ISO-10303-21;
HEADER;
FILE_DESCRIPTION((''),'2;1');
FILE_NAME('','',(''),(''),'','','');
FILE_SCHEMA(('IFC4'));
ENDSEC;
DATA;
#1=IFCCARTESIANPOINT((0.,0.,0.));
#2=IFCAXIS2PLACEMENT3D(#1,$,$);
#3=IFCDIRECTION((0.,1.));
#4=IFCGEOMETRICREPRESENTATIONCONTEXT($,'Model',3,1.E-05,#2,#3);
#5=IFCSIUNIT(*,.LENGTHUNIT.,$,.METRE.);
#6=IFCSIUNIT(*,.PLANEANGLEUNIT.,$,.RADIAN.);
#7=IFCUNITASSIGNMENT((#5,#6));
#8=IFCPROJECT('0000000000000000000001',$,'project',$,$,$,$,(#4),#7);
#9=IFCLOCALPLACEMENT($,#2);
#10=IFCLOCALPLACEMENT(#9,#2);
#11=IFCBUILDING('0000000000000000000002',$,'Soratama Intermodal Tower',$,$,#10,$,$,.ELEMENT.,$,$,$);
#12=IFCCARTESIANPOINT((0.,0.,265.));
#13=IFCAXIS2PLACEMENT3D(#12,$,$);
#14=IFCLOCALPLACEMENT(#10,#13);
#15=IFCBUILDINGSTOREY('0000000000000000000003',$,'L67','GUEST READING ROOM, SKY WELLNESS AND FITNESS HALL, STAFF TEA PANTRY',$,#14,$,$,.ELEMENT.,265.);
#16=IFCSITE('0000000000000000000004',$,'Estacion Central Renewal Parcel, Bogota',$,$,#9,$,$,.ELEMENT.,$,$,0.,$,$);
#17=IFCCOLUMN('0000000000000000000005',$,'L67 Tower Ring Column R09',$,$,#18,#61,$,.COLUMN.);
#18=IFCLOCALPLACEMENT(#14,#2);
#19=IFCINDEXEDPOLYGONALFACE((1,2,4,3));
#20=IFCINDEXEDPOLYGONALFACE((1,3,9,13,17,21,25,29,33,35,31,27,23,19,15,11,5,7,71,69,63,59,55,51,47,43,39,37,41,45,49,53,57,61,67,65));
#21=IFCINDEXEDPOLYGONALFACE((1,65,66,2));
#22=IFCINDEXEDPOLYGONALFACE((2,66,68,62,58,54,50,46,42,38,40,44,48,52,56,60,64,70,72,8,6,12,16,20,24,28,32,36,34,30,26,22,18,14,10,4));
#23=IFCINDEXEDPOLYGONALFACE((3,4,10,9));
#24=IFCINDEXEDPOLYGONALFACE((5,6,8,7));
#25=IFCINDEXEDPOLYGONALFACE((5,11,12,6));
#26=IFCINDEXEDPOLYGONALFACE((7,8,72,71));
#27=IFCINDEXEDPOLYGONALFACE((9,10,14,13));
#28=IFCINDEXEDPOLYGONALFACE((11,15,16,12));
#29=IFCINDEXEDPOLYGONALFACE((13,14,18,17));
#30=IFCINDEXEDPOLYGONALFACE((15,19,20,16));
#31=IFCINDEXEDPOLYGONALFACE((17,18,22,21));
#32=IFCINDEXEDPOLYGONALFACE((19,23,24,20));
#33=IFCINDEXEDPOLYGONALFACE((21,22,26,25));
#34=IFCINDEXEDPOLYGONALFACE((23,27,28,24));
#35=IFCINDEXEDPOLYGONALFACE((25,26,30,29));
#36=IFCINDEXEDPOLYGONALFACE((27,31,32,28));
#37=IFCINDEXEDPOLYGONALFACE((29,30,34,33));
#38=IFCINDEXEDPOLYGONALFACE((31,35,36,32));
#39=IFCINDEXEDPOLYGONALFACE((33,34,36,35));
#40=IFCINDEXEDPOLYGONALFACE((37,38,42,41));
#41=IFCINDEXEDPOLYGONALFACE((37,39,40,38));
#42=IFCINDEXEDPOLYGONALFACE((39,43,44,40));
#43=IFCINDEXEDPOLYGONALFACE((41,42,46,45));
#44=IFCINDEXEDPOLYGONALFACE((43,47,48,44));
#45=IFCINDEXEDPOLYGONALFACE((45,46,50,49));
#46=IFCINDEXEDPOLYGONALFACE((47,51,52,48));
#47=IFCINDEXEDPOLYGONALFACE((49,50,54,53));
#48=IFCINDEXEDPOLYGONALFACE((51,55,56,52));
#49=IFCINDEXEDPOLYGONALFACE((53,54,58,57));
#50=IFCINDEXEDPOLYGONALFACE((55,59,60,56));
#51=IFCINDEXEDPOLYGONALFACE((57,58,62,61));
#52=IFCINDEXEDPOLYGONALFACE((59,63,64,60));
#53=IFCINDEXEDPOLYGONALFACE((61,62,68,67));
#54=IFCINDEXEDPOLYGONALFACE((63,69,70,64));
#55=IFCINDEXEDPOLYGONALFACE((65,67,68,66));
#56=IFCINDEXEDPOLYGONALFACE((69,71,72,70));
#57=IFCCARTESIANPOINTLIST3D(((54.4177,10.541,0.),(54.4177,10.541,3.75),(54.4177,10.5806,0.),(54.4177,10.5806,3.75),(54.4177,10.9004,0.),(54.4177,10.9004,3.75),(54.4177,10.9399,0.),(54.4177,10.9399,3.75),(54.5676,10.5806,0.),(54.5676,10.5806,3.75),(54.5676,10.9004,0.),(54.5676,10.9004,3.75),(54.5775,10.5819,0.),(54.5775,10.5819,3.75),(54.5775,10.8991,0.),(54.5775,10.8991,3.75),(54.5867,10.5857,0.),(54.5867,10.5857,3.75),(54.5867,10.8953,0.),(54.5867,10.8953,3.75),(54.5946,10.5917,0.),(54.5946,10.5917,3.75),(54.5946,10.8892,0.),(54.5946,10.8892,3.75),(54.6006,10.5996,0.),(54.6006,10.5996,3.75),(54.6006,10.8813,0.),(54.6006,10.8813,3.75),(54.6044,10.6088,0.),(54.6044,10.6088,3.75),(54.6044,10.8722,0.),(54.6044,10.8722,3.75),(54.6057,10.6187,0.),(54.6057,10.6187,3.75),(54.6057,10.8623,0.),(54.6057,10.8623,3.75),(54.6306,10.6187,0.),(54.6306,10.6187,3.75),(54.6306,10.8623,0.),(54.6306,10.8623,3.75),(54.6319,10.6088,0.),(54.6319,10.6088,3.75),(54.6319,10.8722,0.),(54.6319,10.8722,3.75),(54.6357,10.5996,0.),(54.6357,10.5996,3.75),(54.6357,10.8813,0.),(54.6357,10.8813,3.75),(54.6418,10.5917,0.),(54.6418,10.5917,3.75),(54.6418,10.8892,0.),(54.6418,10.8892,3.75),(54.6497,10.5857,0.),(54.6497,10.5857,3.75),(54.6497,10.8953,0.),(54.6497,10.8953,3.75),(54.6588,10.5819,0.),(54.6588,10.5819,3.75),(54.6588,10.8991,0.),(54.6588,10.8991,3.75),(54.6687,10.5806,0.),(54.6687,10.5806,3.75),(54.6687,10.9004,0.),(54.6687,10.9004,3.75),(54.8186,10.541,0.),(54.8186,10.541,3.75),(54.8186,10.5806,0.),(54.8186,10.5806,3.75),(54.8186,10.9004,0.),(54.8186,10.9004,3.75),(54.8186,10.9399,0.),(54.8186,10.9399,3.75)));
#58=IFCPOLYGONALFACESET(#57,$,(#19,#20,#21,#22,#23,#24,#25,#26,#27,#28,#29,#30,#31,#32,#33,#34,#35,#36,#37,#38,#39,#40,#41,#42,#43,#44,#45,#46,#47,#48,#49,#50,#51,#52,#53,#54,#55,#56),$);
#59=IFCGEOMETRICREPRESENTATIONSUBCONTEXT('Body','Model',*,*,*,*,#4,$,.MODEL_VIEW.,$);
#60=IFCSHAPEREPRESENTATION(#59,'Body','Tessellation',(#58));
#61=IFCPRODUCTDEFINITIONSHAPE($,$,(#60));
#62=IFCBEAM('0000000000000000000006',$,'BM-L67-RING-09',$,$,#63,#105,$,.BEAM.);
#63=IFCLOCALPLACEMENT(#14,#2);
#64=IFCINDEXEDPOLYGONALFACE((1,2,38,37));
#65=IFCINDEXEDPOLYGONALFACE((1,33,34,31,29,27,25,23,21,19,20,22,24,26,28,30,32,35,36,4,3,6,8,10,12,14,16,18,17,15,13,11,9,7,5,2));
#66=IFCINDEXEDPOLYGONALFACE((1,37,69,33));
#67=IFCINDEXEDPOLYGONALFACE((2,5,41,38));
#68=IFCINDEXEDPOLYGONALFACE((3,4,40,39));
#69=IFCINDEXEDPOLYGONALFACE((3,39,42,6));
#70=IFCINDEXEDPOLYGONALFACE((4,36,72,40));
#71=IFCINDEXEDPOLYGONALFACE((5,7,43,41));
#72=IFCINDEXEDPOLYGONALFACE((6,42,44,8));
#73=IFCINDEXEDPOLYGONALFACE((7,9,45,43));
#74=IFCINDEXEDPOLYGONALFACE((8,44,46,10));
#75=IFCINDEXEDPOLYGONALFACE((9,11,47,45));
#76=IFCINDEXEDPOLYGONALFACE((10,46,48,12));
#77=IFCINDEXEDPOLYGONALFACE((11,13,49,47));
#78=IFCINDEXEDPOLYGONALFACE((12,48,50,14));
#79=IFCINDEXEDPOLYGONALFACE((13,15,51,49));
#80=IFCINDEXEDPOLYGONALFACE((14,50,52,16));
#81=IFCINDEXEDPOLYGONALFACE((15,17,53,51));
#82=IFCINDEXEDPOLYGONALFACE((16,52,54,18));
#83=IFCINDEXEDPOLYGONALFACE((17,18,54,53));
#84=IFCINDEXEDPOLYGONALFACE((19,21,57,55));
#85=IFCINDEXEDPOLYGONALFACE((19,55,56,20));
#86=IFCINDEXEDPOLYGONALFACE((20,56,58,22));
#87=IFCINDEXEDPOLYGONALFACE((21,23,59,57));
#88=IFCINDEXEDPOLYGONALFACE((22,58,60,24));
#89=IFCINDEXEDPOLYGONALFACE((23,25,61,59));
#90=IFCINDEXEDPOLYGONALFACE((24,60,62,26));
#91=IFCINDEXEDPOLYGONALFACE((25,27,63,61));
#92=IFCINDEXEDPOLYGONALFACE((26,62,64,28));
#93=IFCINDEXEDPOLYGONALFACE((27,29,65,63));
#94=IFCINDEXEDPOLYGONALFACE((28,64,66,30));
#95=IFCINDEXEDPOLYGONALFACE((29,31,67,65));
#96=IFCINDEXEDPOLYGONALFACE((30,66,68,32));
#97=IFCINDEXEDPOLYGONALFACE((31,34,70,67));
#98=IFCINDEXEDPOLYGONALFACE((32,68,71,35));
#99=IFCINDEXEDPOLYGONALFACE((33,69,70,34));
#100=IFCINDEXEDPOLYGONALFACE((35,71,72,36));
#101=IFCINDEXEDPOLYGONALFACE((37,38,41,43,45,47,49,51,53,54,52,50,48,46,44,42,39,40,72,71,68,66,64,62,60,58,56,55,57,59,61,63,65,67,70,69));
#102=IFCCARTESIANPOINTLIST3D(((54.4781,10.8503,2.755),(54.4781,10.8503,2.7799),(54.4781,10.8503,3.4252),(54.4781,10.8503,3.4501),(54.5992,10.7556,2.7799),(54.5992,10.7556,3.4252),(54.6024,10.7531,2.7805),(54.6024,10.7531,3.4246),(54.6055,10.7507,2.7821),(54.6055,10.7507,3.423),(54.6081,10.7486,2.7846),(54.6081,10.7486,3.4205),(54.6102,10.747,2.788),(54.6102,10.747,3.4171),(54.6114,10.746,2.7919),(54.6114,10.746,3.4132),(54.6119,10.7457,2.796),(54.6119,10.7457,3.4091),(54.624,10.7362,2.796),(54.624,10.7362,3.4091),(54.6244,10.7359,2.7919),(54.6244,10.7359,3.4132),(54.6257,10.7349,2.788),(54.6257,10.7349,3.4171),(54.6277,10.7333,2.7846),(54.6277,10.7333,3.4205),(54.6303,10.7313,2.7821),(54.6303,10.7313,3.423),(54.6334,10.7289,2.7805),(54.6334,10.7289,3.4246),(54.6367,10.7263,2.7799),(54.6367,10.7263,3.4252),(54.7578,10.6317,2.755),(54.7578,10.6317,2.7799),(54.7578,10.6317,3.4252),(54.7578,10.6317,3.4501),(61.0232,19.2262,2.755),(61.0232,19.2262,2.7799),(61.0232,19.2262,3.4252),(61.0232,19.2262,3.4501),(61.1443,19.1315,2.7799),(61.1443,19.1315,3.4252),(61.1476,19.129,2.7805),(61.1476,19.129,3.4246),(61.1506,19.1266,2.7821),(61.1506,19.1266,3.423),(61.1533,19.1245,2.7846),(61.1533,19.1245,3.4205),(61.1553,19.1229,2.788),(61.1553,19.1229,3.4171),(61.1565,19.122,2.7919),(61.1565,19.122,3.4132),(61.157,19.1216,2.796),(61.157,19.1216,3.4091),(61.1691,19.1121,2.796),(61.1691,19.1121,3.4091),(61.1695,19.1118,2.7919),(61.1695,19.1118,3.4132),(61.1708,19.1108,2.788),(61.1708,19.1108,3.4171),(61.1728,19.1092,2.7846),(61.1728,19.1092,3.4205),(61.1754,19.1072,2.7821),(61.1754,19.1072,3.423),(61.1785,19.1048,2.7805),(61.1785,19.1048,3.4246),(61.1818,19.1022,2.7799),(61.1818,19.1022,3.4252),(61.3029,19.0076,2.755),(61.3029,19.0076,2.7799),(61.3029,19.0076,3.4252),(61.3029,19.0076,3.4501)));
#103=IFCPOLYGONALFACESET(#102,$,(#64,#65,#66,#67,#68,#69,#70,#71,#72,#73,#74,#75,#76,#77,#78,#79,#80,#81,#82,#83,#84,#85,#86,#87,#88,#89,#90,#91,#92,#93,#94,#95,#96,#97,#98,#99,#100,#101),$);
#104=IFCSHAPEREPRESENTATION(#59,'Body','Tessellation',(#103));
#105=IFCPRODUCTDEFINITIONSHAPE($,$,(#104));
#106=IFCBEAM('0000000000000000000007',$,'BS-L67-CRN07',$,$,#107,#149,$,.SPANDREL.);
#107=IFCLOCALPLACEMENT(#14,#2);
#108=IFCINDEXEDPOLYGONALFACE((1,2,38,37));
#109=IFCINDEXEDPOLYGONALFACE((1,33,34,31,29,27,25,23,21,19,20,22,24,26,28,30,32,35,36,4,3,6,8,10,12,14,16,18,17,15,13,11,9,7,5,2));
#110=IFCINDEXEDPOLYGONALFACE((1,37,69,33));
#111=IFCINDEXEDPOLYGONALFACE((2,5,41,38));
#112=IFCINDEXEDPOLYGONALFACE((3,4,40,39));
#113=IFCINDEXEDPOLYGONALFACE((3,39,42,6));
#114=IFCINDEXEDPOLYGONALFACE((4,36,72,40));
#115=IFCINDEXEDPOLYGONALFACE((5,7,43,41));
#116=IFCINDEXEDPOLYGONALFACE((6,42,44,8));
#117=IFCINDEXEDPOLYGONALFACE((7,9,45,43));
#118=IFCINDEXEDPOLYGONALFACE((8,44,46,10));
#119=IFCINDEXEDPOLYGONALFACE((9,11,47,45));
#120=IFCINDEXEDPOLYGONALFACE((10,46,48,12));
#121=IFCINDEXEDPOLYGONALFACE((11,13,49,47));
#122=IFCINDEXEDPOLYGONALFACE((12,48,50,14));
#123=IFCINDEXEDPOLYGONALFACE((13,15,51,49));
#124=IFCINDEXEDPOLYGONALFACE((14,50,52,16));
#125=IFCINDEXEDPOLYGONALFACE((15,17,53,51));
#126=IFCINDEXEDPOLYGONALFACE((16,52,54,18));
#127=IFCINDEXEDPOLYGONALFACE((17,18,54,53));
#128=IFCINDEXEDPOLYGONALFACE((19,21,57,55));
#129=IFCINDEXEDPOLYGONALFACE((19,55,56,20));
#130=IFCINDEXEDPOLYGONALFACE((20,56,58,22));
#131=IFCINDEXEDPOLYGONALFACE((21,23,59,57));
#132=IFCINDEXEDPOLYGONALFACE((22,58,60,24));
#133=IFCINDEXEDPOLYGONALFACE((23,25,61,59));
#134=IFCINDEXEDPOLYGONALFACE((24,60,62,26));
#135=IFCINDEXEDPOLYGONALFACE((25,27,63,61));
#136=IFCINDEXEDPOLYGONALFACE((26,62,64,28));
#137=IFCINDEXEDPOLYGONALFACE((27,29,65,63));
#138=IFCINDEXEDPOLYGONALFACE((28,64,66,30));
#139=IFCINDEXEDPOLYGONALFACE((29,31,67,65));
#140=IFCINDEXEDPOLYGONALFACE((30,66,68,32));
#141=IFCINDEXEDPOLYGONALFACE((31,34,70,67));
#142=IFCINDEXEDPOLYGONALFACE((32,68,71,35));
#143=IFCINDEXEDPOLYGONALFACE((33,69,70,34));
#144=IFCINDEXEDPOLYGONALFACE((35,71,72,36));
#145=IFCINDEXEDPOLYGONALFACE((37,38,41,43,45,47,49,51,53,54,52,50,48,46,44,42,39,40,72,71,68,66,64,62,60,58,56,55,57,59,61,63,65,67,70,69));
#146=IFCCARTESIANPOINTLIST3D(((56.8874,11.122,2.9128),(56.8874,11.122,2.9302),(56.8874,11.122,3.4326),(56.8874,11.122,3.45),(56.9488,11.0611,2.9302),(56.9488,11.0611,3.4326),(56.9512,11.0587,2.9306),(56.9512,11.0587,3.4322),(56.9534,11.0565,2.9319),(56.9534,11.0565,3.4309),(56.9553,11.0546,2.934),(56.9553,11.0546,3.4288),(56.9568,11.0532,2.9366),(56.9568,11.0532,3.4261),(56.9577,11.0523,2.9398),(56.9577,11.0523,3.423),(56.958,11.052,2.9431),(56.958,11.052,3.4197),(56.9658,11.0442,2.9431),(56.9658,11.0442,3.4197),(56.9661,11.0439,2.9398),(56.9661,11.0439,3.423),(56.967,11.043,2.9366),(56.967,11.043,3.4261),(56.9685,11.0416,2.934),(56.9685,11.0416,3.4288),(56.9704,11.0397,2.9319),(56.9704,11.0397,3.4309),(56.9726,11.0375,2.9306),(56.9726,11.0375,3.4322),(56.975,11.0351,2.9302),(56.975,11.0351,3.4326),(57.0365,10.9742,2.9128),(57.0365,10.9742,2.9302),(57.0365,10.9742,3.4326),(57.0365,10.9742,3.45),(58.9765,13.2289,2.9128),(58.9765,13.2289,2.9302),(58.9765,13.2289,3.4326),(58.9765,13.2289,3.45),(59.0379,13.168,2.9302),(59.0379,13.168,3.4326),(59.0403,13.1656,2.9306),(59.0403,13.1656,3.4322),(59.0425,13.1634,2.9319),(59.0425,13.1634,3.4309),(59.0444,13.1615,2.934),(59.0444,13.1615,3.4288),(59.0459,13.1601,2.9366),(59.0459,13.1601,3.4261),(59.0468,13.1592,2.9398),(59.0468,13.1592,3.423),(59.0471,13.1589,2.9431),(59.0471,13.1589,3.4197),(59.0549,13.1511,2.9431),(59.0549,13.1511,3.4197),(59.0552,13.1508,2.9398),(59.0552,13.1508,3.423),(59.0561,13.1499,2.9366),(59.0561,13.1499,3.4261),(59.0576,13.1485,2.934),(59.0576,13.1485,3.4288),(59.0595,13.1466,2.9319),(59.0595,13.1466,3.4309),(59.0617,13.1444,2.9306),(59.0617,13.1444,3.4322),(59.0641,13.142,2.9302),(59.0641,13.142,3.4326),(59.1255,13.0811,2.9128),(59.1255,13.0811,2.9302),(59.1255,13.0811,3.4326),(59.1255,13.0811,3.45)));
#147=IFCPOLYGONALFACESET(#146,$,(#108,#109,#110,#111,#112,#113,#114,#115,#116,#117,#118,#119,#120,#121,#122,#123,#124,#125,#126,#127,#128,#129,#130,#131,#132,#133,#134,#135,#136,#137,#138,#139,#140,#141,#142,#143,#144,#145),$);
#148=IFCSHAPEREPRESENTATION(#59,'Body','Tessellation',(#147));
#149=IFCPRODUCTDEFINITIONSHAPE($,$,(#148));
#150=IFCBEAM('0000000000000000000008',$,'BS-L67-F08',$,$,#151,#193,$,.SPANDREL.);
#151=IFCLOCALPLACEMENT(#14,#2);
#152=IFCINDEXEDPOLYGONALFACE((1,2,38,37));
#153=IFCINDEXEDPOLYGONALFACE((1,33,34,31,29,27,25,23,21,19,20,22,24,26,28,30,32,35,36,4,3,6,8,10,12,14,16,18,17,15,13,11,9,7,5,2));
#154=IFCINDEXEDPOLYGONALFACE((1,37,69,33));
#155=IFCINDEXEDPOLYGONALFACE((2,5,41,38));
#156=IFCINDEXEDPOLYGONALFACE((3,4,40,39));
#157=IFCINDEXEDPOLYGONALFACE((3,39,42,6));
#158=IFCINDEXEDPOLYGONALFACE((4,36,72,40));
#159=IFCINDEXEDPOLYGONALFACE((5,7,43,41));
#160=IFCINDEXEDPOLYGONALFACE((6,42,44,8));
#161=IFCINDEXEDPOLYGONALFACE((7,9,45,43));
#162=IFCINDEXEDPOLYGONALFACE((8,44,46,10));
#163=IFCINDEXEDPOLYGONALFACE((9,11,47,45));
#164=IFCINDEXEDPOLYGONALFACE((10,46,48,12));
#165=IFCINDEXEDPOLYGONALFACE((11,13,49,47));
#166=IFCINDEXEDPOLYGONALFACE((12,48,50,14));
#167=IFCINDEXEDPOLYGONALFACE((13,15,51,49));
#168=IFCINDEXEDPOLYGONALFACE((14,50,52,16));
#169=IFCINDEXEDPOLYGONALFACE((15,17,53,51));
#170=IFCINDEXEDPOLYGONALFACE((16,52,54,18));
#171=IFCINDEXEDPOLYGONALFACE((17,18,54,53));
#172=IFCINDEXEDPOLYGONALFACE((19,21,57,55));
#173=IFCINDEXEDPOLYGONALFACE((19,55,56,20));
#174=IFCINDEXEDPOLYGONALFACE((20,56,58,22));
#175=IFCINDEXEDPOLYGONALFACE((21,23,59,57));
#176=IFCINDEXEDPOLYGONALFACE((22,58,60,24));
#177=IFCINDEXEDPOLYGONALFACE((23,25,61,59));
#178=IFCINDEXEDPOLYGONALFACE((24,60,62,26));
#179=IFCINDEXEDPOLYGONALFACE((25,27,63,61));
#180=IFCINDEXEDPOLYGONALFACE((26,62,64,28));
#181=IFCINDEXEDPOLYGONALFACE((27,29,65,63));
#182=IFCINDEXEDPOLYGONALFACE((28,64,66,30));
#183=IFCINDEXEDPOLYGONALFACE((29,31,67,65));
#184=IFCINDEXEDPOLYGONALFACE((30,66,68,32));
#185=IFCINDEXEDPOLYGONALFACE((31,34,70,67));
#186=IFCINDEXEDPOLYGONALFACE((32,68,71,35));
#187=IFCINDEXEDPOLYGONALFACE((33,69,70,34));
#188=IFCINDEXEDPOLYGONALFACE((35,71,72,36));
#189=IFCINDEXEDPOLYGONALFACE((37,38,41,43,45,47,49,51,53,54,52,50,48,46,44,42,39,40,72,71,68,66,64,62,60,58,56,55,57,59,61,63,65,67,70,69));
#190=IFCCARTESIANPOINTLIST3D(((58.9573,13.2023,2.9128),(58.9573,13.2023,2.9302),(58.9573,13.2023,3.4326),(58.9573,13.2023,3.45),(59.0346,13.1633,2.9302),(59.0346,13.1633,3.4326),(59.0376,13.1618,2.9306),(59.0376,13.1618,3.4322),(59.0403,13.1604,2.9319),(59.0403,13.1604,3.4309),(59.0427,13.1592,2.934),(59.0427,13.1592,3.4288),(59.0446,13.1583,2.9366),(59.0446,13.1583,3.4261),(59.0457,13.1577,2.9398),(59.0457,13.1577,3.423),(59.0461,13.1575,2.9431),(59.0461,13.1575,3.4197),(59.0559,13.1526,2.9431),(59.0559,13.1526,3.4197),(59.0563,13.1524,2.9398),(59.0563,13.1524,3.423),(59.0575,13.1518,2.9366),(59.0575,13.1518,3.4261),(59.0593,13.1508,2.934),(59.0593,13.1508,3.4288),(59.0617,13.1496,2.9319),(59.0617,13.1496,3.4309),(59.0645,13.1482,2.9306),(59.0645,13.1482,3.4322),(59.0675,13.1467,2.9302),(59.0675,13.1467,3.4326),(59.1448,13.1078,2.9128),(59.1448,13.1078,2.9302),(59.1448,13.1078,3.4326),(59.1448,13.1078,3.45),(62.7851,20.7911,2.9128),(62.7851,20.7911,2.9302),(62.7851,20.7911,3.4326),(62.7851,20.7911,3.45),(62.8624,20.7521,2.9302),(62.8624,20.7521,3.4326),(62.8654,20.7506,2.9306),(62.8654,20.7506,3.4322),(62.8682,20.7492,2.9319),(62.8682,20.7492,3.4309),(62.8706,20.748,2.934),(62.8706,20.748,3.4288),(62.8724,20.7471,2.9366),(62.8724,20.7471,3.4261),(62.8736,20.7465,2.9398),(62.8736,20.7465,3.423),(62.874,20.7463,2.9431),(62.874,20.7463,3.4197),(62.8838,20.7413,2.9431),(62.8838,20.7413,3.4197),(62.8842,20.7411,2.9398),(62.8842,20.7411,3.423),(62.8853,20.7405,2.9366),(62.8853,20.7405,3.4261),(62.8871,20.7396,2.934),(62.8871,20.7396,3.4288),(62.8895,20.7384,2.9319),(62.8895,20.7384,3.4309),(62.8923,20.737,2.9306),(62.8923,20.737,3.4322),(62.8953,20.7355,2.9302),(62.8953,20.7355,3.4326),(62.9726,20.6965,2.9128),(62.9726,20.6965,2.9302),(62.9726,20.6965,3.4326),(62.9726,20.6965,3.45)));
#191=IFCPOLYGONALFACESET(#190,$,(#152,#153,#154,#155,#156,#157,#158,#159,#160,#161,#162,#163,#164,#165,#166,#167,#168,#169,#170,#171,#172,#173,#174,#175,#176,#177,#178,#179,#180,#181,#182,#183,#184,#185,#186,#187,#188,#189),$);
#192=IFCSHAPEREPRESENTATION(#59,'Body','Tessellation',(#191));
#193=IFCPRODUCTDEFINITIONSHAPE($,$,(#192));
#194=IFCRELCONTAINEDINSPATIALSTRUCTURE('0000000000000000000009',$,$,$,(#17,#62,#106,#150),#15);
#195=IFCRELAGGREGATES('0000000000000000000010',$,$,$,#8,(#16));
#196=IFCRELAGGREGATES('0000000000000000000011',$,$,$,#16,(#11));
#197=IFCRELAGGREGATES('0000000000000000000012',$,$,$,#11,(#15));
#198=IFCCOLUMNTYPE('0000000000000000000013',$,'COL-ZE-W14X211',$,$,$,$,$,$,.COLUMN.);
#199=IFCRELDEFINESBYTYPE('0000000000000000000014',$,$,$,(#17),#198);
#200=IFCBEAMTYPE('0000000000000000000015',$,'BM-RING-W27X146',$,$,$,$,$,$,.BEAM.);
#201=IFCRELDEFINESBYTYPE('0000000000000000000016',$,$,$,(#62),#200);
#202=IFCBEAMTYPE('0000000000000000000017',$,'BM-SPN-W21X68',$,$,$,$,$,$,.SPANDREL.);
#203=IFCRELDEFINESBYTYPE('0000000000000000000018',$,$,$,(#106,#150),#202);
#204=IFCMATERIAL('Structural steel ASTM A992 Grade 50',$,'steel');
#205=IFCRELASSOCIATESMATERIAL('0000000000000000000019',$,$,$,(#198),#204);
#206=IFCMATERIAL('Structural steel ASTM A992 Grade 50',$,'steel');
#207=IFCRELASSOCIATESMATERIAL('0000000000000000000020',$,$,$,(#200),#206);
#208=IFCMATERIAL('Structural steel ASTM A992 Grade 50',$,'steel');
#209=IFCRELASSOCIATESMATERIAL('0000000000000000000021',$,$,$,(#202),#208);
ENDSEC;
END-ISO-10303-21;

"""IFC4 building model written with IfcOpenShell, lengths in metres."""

from ifc_helpers import new_model, si_unit, direction, frame, origin, origin_2d, place, context, subcontext, project, spatial, i_section, extrude, material, material_profile, profile_set, type_object, element, save


model = new_model("IFC4")

# Units and contexts
model_context = context("Model", 3, precision=1e-05, world=origin(), true_north=direction((0.0, 1.0)))
body_context = subcontext(model_context, "Body", "Model", "MODEL_VIEW")
ifc_project = project(units=[si_unit("LENGTHUNIT", "METRE"), si_unit("PLANEANGLEUNIT", "RADIAN")], contexts=[model_context])

# Site, building, storey
site_placement = place(None, origin())
site = spatial("IfcSite", under=ifc_project, at=site_placement, Name="Estacion Central Renewal Parcel, Bogota", CompositionType="ELEMENT", RefElevation=0.0)
building_placement = place(site_placement, origin())
building = spatial("IfcBuilding", under=site, at=building_placement, Name="Soratama Intermodal Tower", CompositionType="ELEMENT")
storey_placement = place(building_placement, frame((0.0, 0.0, 265.0)))
storey = spatial("IfcBuildingStorey", under=building, at=storey_placement, Name="L67", Description="GUEST READING ROOM, SKY WELLNESS AND FITNESS HALL, STAFF TEA PANTRY", CompositionType="ELEMENT", Elevation=265.0)

# Column
ifc_material_1 = material(Name="Structural steel ASTM A992 Grade 50", Category="steel")
ifc_material_profile_1 = material_profile(ifc_material_1, i_section(OverallWidth=0.4009, OverallDepth=0.3989, WebThickness=0.0249, FlangeThickness=0.0396, FilletRadius=0.0381, at=origin_2d()), Name="W14X211")
ifc_profile_set_1 = profile_set([ifc_material_profile_1], Name="Structural steel ASTM A992 Grade 50")
column_type = type_object("IfcColumnType", Name="COL-ZE-W14X211", PredefinedType="COLUMN", material=ifc_profile_set_1)
column_placement = place(storey_placement, frame((54.6182, 10.7405, 0.0), z_axis=(0.0, 0.0, 1.0), x_axis=(1.0, 0.0, 0.0)))
element("IfcColumn", 1, at=column_placement, inside=storey, type_object=column_type, Name="L67 Tower Ring Column R09", PredefinedType="COLUMN", context=body_context, shape_type="SweptSolid", body=[
    extrude(i_section(OverallWidth=0.4009, OverallDepth=0.3989, WebThickness=0.0249, FlangeThickness=0.0396, FilletRadius=0.0381, at=origin_2d()), origin(), (0.0, 0.0, 1.0), 3.75),
])

# Beams
ifc_material_2 = material(Name="Structural steel ASTM A992 Grade 50", Category="steel")
ifc_material_profile_2 = material_profile(ifc_material_2, i_section(OverallWidth=0.355, OverallDepth=0.6951, WebThickness=0.0154, FlangeThickness=0.0249, FilletRadius=0.0161, at=origin_2d()), Name="W27X146")
ifc_profile_set_2 = profile_set([ifc_material_profile_2], Name="Structural steel ASTM A992 Grade 50")
beam_type_1 = type_object("IfcBeamType", Name="BM-RING-W27X146", PredefinedType="BEAM", material=ifc_profile_set_2)
beam_1_placement = place(storey_placement, frame((54.6179, 10.741, 3.1025), z_axis=(0.615728, 0.787959, 0.0), x_axis=(-0.787959, 0.615728, 0.0)))
element("IfcBeam", 2, at=beam_1_placement, inside=storey, type_object=beam_type_1, Name="BM-L67-RING-09", PredefinedType="BEAM", context=body_context, shape_type="SweptSolid", body=[
    extrude(i_section(OverallWidth=0.355, OverallDepth=0.6951, WebThickness=0.0154, FlangeThickness=0.0249, FilletRadius=0.0161, at=origin_2d()), origin(), (0.0, 0.0, 1.0), 10.6299),
])
ifc_material_3 = material(Name="Structural steel ASTM A992 Grade 50", Category="steel")
ifc_material_profile_3 = material_profile(ifc_material_3, i_section(OverallWidth=0.21, OverallDepth=0.5371, WebThickness=0.011, FlangeThickness=0.0173, FilletRadius=0.0129, at=origin_2d()), Name="W21X68")
ifc_profile_set_3 = profile_set([ifc_material_profile_3], Name="Structural steel ASTM A992 Grade 50")
beam_type_2 = type_object("IfcBeamType", Name="BM-SPN-W21X68", PredefinedType="SPANDREL", material=ifc_profile_set_3)
beam_2_placement = place(storey_placement, frame((56.9619, 11.0481, 3.1814), z_axis=(0.704097, 0.710104, 0.0), x_axis=(-0.710104, 0.704097, 0.0)))
element("IfcBeam", 3, at=beam_2_placement, inside=storey, type_object=beam_type_2, Name="BS-L67-CRN07", PredefinedType="SPANDREL", context=body_context, shape_type="SweptSolid", body=[
    extrude(i_section(OverallWidth=0.21, OverallDepth=0.5371, WebThickness=0.011, FlangeThickness=0.0173, FilletRadius=0.0129, at=origin_2d()), origin(), (0.0, 0.0, 1.0), 2.967),
])
beam_3_placement = place(storey_placement, frame((59.051, 13.155, 3.1814), z_axis=(0.450359, 0.892848, 0.0), x_axis=(-0.892848, 0.450359, 0.0)))
element("IfcBeam", 4, at=beam_3_placement, inside=storey, type_object=beam_type_2, Name="BS-L67-F08", PredefinedType="SPANDREL", context=body_context, shape_type="SweptSolid", body=[
    extrude(i_section(OverallWidth=0.21, OverallDepth=0.5371, WebThickness=0.011, FlangeThickness=0.0173, FilletRadius=0.0129, at=origin_2d()), origin(), (0.0, 0.0, 1.0), 8.4995),
])

save(model, "model.ifc")
